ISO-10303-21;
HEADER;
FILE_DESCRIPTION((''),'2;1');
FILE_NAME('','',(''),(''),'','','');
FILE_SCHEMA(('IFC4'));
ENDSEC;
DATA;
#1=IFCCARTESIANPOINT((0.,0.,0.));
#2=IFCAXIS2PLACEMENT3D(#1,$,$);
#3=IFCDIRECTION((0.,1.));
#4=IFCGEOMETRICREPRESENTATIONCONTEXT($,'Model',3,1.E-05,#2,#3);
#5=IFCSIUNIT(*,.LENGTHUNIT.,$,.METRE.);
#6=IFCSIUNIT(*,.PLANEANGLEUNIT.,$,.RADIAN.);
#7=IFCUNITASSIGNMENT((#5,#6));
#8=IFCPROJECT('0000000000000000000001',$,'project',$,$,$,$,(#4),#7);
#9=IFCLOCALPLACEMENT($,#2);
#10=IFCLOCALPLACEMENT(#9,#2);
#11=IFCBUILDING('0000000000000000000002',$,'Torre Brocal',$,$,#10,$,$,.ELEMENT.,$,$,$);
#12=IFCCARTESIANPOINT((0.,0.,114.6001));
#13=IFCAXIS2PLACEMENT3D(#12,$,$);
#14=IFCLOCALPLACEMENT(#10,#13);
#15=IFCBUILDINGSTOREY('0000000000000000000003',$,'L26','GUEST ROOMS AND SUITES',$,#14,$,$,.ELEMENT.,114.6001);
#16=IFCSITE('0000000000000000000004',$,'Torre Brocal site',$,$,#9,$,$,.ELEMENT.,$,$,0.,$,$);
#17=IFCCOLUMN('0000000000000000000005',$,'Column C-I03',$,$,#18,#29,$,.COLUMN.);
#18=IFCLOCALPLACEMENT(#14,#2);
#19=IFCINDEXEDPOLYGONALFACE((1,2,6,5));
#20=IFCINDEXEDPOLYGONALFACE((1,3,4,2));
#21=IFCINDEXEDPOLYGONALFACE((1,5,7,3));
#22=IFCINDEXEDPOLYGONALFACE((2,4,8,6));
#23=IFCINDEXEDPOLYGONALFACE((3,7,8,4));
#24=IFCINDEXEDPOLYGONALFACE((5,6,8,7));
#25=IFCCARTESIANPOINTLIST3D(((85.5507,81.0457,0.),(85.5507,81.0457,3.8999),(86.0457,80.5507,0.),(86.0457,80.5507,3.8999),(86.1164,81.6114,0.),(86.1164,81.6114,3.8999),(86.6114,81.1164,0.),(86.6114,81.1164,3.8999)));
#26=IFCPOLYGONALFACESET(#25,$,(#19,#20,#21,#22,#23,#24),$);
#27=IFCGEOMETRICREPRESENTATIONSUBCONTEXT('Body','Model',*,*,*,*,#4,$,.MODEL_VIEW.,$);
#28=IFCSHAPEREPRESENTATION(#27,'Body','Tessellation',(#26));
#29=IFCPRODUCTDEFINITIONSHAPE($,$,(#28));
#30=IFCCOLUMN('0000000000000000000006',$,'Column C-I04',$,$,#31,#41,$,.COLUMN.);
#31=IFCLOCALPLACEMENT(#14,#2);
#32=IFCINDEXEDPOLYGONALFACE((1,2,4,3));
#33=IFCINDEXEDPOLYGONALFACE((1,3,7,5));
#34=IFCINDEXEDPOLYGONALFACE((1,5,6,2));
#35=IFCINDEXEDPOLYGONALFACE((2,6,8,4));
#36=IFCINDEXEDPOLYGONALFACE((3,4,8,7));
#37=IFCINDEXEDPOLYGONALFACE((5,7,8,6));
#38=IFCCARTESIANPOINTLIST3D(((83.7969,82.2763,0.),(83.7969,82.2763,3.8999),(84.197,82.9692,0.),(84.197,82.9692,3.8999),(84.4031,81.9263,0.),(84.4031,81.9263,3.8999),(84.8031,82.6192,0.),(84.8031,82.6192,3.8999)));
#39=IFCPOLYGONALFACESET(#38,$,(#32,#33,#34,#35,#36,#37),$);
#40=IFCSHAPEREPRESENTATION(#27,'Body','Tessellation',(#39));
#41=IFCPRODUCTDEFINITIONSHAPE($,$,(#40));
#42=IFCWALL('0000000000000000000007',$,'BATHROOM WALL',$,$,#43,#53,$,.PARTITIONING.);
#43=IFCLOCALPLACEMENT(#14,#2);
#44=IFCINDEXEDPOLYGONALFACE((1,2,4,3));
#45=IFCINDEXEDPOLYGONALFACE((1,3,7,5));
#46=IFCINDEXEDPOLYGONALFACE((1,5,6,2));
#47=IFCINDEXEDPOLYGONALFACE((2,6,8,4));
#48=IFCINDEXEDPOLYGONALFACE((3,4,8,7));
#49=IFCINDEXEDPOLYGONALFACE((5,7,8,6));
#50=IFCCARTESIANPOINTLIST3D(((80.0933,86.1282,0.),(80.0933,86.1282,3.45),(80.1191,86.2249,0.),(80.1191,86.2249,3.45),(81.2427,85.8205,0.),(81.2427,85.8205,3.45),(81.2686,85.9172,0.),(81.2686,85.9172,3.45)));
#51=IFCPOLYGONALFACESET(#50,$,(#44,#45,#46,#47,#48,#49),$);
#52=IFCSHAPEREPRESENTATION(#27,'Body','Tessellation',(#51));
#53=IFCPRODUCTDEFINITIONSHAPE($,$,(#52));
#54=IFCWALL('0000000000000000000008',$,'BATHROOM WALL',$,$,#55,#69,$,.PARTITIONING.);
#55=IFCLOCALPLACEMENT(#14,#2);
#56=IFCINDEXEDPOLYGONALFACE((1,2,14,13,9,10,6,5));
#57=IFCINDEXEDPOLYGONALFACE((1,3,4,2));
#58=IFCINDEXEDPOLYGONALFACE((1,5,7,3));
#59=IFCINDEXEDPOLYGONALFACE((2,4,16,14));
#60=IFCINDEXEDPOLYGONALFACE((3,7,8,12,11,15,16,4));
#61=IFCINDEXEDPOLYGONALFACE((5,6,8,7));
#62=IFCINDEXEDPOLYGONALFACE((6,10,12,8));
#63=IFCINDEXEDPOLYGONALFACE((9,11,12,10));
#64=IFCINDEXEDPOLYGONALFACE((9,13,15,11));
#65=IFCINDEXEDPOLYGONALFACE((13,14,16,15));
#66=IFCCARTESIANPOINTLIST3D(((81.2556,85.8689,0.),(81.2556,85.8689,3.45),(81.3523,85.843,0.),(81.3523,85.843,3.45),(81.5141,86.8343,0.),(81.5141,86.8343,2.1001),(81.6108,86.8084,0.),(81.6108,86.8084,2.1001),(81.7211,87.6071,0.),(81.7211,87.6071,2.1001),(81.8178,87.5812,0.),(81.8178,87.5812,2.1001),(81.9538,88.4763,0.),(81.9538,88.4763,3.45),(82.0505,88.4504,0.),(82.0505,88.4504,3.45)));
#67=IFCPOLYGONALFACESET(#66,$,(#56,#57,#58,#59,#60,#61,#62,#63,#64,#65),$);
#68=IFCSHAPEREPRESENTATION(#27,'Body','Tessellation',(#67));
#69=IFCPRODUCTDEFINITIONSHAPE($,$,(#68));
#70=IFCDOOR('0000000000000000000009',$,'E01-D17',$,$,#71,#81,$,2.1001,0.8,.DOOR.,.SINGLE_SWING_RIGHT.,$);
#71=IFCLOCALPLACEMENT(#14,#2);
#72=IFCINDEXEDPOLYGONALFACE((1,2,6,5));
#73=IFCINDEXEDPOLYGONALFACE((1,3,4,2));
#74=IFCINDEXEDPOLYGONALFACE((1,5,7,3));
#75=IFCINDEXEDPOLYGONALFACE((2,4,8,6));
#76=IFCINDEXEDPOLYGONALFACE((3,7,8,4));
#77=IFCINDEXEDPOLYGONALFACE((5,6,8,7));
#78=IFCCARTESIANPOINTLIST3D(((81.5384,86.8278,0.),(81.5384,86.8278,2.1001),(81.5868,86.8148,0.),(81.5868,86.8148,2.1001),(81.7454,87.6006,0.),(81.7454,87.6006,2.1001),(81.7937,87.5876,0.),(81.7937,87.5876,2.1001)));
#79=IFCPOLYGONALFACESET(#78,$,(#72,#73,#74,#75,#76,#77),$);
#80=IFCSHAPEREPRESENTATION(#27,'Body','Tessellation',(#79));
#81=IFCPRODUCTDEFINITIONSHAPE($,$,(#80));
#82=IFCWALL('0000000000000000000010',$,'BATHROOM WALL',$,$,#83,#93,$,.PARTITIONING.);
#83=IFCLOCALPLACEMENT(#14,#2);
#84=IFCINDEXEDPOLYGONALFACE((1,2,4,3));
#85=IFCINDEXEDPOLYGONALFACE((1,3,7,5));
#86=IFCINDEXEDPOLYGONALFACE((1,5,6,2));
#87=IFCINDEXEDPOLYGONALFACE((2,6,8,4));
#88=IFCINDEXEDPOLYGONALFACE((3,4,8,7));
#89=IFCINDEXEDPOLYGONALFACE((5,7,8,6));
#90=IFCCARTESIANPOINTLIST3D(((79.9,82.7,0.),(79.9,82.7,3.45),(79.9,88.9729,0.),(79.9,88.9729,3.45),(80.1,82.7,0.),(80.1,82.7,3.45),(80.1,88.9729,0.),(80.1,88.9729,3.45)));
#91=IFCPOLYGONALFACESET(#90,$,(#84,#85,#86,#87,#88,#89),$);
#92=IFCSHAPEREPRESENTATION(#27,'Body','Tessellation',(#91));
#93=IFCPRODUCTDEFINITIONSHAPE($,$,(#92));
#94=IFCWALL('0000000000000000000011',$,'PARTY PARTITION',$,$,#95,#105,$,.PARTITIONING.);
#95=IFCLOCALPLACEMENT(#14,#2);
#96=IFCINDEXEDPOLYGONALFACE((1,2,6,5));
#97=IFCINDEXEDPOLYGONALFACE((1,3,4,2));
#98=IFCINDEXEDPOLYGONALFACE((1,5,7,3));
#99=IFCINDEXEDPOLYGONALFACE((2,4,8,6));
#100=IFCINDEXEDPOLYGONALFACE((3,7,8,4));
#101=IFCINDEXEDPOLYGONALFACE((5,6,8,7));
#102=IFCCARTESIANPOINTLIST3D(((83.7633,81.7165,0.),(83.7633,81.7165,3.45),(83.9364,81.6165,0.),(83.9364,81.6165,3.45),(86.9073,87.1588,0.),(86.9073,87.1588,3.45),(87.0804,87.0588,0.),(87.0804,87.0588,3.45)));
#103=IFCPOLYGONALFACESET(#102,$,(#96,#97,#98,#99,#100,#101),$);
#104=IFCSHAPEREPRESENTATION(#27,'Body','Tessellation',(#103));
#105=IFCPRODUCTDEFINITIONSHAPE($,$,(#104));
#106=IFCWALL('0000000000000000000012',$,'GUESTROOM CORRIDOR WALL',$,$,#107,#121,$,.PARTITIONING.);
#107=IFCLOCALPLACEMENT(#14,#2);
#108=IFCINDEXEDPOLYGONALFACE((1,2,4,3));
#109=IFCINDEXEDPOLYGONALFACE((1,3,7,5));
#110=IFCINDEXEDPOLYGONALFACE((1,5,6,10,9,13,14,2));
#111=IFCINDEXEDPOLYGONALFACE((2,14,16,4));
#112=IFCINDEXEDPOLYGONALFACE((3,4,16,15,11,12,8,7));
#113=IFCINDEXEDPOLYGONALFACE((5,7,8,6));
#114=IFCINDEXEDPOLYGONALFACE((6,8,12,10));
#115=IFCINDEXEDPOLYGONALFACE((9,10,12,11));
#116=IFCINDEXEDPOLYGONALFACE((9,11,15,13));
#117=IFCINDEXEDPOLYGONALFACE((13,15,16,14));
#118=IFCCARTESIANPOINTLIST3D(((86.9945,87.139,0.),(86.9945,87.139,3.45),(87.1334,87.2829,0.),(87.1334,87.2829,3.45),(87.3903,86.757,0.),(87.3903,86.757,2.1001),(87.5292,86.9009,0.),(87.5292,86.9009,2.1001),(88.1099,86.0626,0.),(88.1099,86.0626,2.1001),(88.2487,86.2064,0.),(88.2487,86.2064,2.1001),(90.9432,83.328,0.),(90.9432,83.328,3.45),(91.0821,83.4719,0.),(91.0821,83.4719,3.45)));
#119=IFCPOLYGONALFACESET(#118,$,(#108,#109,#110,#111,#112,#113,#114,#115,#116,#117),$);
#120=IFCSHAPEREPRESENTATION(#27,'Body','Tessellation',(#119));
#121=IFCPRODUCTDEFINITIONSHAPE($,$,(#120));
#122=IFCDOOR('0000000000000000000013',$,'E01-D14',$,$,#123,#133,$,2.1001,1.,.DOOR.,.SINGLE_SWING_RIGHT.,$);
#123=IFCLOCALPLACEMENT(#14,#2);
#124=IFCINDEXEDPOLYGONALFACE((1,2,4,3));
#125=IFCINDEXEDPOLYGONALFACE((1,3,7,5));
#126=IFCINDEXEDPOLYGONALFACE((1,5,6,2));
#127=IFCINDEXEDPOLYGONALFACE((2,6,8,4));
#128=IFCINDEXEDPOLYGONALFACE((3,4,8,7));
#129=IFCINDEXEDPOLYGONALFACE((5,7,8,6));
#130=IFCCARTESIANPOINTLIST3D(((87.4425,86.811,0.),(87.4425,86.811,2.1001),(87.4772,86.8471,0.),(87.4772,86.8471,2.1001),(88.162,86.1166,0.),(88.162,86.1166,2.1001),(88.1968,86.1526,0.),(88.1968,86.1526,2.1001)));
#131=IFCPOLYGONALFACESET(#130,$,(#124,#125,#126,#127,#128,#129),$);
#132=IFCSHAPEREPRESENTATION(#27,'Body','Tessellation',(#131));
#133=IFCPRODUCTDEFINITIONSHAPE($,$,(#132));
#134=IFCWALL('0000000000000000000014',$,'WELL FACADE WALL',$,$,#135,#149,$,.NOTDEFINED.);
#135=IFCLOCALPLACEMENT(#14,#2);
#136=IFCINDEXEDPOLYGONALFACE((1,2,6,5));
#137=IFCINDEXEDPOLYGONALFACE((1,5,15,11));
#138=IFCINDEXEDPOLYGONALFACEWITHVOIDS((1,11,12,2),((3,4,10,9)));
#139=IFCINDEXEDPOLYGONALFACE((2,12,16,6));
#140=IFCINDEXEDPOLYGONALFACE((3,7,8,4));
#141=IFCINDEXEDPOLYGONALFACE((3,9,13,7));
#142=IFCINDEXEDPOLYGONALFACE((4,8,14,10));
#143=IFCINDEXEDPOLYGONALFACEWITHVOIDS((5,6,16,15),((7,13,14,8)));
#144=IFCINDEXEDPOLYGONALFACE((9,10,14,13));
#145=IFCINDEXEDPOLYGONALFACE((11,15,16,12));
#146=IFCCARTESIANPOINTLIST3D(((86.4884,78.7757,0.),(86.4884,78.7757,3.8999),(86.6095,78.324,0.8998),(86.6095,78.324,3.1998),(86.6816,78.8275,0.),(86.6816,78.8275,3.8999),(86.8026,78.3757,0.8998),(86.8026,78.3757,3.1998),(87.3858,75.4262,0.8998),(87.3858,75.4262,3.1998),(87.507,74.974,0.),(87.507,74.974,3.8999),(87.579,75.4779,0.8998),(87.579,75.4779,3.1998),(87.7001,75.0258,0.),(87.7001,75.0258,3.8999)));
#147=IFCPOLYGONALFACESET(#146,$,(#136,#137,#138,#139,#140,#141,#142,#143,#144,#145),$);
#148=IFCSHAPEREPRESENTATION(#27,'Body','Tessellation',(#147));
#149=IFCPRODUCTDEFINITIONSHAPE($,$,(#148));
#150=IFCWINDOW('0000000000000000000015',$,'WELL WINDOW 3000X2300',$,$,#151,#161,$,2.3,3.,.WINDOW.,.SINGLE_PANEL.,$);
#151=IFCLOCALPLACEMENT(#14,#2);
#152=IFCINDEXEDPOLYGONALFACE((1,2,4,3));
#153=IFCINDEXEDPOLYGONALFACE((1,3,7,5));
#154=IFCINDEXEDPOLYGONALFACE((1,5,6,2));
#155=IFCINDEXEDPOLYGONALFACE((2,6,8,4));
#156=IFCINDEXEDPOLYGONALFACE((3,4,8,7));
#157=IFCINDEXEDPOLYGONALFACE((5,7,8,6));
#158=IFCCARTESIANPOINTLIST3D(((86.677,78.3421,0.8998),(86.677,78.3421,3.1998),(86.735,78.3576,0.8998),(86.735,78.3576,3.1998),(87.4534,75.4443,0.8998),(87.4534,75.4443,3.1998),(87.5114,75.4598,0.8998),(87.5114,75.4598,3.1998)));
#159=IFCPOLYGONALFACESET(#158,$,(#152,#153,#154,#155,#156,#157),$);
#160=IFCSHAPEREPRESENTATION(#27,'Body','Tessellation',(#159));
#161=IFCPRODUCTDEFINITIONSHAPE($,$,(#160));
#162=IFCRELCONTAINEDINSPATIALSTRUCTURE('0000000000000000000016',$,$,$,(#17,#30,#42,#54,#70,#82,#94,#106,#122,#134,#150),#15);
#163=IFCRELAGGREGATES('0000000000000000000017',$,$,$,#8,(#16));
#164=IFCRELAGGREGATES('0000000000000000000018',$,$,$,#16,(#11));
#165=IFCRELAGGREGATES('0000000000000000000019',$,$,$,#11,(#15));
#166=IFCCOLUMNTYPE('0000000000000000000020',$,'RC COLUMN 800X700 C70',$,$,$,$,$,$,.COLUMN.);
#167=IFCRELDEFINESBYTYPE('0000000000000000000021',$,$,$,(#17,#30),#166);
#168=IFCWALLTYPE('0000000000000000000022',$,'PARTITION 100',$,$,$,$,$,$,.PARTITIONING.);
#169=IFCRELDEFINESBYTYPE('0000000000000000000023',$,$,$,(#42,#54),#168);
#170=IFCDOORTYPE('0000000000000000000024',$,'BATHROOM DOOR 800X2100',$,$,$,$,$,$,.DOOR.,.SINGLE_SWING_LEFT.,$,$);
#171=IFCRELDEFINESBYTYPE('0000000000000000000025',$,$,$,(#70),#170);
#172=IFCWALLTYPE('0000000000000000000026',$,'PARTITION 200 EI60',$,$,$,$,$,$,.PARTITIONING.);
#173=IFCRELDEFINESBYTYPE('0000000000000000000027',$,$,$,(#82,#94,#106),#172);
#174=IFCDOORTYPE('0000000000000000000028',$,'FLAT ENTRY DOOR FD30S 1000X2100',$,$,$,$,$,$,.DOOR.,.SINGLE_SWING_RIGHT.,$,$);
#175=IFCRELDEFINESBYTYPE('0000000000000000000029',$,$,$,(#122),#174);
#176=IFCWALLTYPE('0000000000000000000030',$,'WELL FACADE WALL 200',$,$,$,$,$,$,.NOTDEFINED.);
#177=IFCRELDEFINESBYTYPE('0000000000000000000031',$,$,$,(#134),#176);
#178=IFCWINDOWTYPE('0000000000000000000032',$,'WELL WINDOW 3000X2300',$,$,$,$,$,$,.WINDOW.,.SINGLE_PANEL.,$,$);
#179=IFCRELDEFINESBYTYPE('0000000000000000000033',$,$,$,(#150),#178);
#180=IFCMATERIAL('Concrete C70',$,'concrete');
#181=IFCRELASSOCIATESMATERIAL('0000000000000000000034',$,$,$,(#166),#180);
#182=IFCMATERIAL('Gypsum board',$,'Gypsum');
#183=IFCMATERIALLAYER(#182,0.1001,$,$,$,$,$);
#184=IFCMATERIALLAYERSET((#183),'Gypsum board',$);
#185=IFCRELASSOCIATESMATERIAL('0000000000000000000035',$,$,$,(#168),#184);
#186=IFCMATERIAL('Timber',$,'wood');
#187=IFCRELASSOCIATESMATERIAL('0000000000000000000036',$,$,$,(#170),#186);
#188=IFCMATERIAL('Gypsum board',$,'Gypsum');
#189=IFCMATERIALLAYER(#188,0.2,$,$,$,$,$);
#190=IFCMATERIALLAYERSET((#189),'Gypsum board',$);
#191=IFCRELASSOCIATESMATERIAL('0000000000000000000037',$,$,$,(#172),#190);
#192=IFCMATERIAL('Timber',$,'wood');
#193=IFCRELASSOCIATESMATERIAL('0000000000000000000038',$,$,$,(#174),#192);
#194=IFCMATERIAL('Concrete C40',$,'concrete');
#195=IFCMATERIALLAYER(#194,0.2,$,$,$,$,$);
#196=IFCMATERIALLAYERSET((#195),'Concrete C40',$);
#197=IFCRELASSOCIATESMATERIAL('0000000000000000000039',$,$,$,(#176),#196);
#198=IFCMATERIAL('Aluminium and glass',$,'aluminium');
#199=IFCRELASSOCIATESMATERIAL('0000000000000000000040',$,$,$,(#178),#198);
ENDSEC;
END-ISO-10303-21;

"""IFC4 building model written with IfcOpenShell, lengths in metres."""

from ifc_helpers import new_model, si_unit, direction, frame, frame_2d, origin, origin_2d, place, context, subcontext, project, spatial, rectangle, extrude, material, layer, layer_set, material_profile, profile_set, type_object, element, fill, save


model = new_model("IFC4")

# Units and contexts
model_context = context("Model", 3, precision=1e-05, world=origin(), true_north=direction((0.0, 1.0)))
body_context = subcontext(model_context, "Body", "Model", "MODEL_VIEW")
ifc_project = project(units=[si_unit("LENGTHUNIT", "METRE"), si_unit("PLANEANGLEUNIT", "RADIAN")], contexts=[model_context])

# Site, building, storey
site_placement = place(None, origin())
site = spatial("IfcSite", under=ifc_project, at=site_placement, Name="Torre Brocal site", CompositionType="ELEMENT", RefElevation=0.0)
building_placement = place(site_placement, origin())
building = spatial("IfcBuilding", under=site, at=building_placement, Name="Torre Brocal", CompositionType="ELEMENT")
storey_placement = place(building_placement, frame((0.0, 0.0, 114.6001)))
storey = spatial("IfcBuildingStorey", under=building, at=storey_placement, Name="L26", Description="GUEST ROOMS AND SUITES", CompositionType="ELEMENT", Elevation=114.6001)

# Columns
ifc_material_1 = material(Name="Concrete C70", Category="concrete")
ifc_material_profile = material_profile(ifc_material_1, rectangle(XDim=0.8, YDim=0.7, at=origin_2d()), Name="RC 800X700")
ifc_profile_set = profile_set([ifc_material_profile], Name="Concrete C70")
column_type = type_object("IfcColumnType", Name="RC COLUMN 800X700 C70", PredefinedType="COLUMN", material=ifc_profile_set)
for number, where, z_axis, x_axis, name in (
    (1, (86.0811, 81.0811, 0.0), (0.0, 0.0, 1.0), (0.707107, 0.707107, 0.0), "Column C-I03"),
    (2, (84.3, 82.4478, 0.0), (0.0, 0.0, 1.0), (0.5, 0.866025, 0.0), "Column C-I04"),
):
    element("IfcColumn", number, at=place(storey_placement, frame(where, z_axis=z_axis, x_axis=x_axis)), inside=storey, type_object=column_type, Name=name, PredefinedType="COLUMN", context=body_context, shape_type="SweptSolid", body=[
        extrude(rectangle(XDim=0.8, YDim=0.7, at=origin_2d()), origin(), (0.0, 0.0, 1.0), 3.8999),
    ])

# Wall
ifc_material_2 = material(Name="Gypsum board", Category="Gypsum")
ifc_layer_1 = layer(ifc_material_2, 0.1001)
ifc_layer_set_1 = layer_set([ifc_layer_1], Name="Gypsum board")
wall_type_1 = type_object("IfcWallType", Name="PARTITION 100", PredefinedType="PARTITIONING", material=ifc_layer_set_1)
wall_1_placement = place(storey_placement, frame((80.1062, 86.1765, 0.0), z_axis=(0.0, 0.0, 1.0), x_axis=(0.966003, -0.258531, 0.0)))
element("IfcWall", 3, at=wall_1_placement, inside=storey, type_object=wall_type_1, Name="BATHROOM WALL", PredefinedType="PARTITIONING", context=body_context, shape_type="SweptSolid", body=[
    extrude(rectangle(XDim=1.1899, YDim=0.1001, at=frame_2d((0.595, 0.0))), origin(), (0.0, 0.0, 1.0), 3.45),
])

# Wall, opening, door
wall_2_placement = place(storey_placement, frame((81.304, 85.856, 0.0), z_axis=(0.0, 0.0, 1.0), x_axis=(0.258676, 0.965964, 0.0)))
wall_2 = element("IfcWall", 4, at=wall_2_placement, inside=storey, type_object=wall_type_1, Name="BATHROOM WALL", PredefinedType="PARTITIONING", context=body_context, shape_type="SweptSolid", body=[
    extrude(rectangle(XDim=2.6992, YDim=0.1001, at=frame_2d((1.3496, 0.0))), origin(), (0.0, 0.0, 1.0), 3.45),
])
opening_1_placement = place(wall_2_placement, frame((0.9995, 0.0, 0.0)))
opening_1 = element("IfcOpeningElement", 5, at=opening_1_placement, cuts=wall_2, PredefinedType="OPENING", context=body_context, shape_type="SweptSolid", body=[
    extrude(rectangle(XDim=0.8, YDim=2.1001, at=frame_2d((0.3999, 1.05))), frame((0.0, 0.0601, 0.0), z_axis=(0.0, -1.0, 0.0), x_axis=(1.0, 0.0, 0.0)), (0.0, 0.0, 1.0), 0.1201),
])
ifc_material_3 = material(Name="Timber", Category="wood")
door_type_1 = type_object("IfcDoorType", Name="BATHROOM DOOR 800X2100", OperationType="SINGLE_SWING_LEFT", PredefinedType="DOOR", material=ifc_material_3)
door_1_placement = place(opening_1_placement, origin())
door_1 = element("IfcDoor", 6, at=door_1_placement, inside=storey, type_object=door_type_1, Name="E01-D17", OperationType="SINGLE_SWING_RIGHT", OverallHeight=2.1001, OverallWidth=0.8, PredefinedType="DOOR", context=body_context, shape_type="SweptSolid", body=[
    extrude(rectangle(XDim=0.8, YDim=2.1001, at=frame_2d((0.3999, 1.05))), frame((0.0, 0.0249, 0.0), z_axis=(0.0, -1.0, 0.0), x_axis=(1.0, 0.0, 0.0)), (0.0, 0.0, 1.0), 0.05),
])
fill(opening_1, door_1)

# Walls
ifc_material_4 = material(Name="Gypsum board", Category="Gypsum")
ifc_layer_2 = layer(ifc_material_4, 0.2)
ifc_layer_set_2 = layer_set([ifc_layer_2], Name="Gypsum board")
wall_type_2 = type_object("IfcWallType", Name="PARTITION 200 EI60", PredefinedType="PARTITIONING", material=ifc_layer_set_2)
wall_3_placement = place(storey_placement, frame((80.0, 82.7, 0.0), z_axis=(0.0, 0.0, 1.0), x_axis=(0.0, 1.0, 0.0)))
element("IfcWall", 7, at=wall_3_placement, inside=storey, type_object=wall_type_2, Name="BATHROOM WALL", PredefinedType="PARTITIONING", context=body_context, shape_type="SweptSolid", body=[
    extrude(rectangle(XDim=6.2729, YDim=0.2, at=frame_2d((3.1365, 0.0))), origin(), (0.0, 0.0, 1.0), 3.45),
])
wall_4_placement = place(storey_placement, frame((83.8499, 81.6665, 0.0), z_axis=(0.0, 0.0, 1.0), x_axis=(0.500225, 0.865896, 0.0)))
element("IfcWall", 8, at=wall_4_placement, inside=storey, type_object=wall_type_2, Name="PARTY PARTITION", PredefinedType="PARTITIONING", context=body_context, shape_type="SweptSolid", body=[
    extrude(rectangle(XDim=6.2852, YDim=0.2, at=frame_2d((3.1426, 0.0))), origin(), (0.0, 0.0, 1.0), 3.45),
])

# Wall, opening, door
wall_5_placement = place(storey_placement, frame((87.064, 87.2109, 0.0), z_axis=(0.0, 0.0, 1.0), x_axis=(0.719541, -0.69445, 0.0)))
wall_5 = element("IfcWall", 9, at=wall_5_placement, inside=storey, type_object=wall_type_2, Name="GUESTROOM CORRIDOR WALL", PredefinedType="PARTITIONING", context=body_context, shape_type="SweptSolid", body=[
    extrude(rectangle(XDim=5.4878, YDim=0.2, at=frame_2d((2.7439, 0.0))), origin(), (0.0, 0.0, 1.0), 3.45),
])
opening_2_placement = place(wall_5_placement, frame((0.55, 0.0, 0.0)))
opening_2 = element("IfcOpeningElement", 10, at=opening_2_placement, cuts=wall_5, PredefinedType="OPENING", context=body_context, shape_type="SweptSolid", body=[
    extrude(rectangle(XDim=1.0, YDim=2.1001, at=frame_2d((0.5, 1.05))), frame((0.0, 0.1099, 0.0), z_axis=(0.0, -1.0, 0.0), x_axis=(1.0, 0.0, 0.0)), (0.0, 0.0, 1.0), 0.22),
])
ifc_material_5 = material(Name="Timber", Category="wood")
door_type_2 = type_object("IfcDoorType", Name="FLAT ENTRY DOOR FD30S 1000X2100", OperationType="SINGLE_SWING_RIGHT", PredefinedType="DOOR", material=ifc_material_5)
door_2_placement = place(opening_2_placement, frame((1.0, 0.0, 0.0), z_axis=(0.0, 0.0, 1.0), x_axis=(-1.0, 0.0, 0.0)))
door_2 = element("IfcDoor", 11, at=door_2_placement, inside=storey, type_object=door_type_2, Name="E01-D14", OperationType="SINGLE_SWING_RIGHT", OverallHeight=2.1001, OverallWidth=1.0, PredefinedType="DOOR", context=body_context, shape_type="SweptSolid", body=[
    extrude(rectangle(XDim=1.0, YDim=2.1001, at=frame_2d((0.5, 1.05))), frame((0.0, 0.0249, 0.0), z_axis=(0.0, -1.0, 0.0), x_axis=(1.0, 0.0, 0.0)), (0.0, 0.0, 1.0), 0.05),
])
fill(opening_2, door_2)

# Wall, opening, window
ifc_material_6 = material(Name="Concrete C40", Category="concrete")
ifc_layer_3 = layer(ifc_material_6, 0.2)
ifc_layer_set_3 = layer_set([ifc_layer_3], Name="Concrete C40")
wall_type_3 = type_object("IfcWallType", Name="WELL FACADE WALL 200", PredefinedType="NOTDEFINED", material=ifc_layer_set_3)
wall_6_placement = place(storey_placement, frame((87.6035, 75.0, 0.0), z_axis=(0.0, 0.0, 1.0), x_axis=(-0.25879, 0.965934, 0.0)))
wall_6 = element("IfcWall", 12, at=wall_6_placement, inside=storey, type_object=wall_type_3, Name="WELL FACADE WALL", PredefinedType="NOTDEFINED", context=body_context, shape_type="SweptSolid", body=[
    extrude(rectangle(XDim=3.9358, YDim=0.2, at=frame_2d((1.9678, 0.0))), origin(), (0.0, 0.0, 1.0), 3.8999),
])
opening_3_placement = place(wall_6_placement, frame((0.468, 0.0, 0.8999)))
opening_3 = element("IfcOpeningElement", 13, at=opening_3_placement, cuts=wall_6, PredefinedType="OPENING", context=body_context, shape_type="SweptSolid", body=[
    extrude(rectangle(XDim=3.0, YDim=2.3, at=frame_2d((1.5, 1.1499))), frame((0.0, 0.1099, 0.0), z_axis=(0.0, -1.0, 0.0), x_axis=(1.0, 0.0, 0.0)), (0.0, 0.0, 1.0), 0.22),
])
ifc_material_7 = material(Name="Aluminium and glass", Category="aluminium")
window_type = type_object("IfcWindowType", Name="WELL WINDOW 3000X2300", PartitioningType="SINGLE_PANEL", PredefinedType="WINDOW", material=ifc_material_7)
window_1_placement = place(opening_3_placement, origin())
window_1 = element("IfcWindow", 14, at=window_1_placement, inside=storey, type_object=window_type, Name="WELL WINDOW 3000X2300", OverallHeight=2.3, OverallWidth=3.0, PartitioningType="SINGLE_PANEL", PredefinedType="WINDOW", context=body_context, shape_type="SweptSolid", body=[
    extrude(rectangle(XDim=3.0, YDim=2.3, at=frame_2d((1.5, 1.1499))), frame((0.0, 0.03, 0.0), z_axis=(0.0, -1.0, 0.0), x_axis=(1.0, 0.0, 0.0)), (0.0, 0.0, 1.0), 0.0601),
])
fill(opening_3, window_1)

save(model, "model.ifc")
